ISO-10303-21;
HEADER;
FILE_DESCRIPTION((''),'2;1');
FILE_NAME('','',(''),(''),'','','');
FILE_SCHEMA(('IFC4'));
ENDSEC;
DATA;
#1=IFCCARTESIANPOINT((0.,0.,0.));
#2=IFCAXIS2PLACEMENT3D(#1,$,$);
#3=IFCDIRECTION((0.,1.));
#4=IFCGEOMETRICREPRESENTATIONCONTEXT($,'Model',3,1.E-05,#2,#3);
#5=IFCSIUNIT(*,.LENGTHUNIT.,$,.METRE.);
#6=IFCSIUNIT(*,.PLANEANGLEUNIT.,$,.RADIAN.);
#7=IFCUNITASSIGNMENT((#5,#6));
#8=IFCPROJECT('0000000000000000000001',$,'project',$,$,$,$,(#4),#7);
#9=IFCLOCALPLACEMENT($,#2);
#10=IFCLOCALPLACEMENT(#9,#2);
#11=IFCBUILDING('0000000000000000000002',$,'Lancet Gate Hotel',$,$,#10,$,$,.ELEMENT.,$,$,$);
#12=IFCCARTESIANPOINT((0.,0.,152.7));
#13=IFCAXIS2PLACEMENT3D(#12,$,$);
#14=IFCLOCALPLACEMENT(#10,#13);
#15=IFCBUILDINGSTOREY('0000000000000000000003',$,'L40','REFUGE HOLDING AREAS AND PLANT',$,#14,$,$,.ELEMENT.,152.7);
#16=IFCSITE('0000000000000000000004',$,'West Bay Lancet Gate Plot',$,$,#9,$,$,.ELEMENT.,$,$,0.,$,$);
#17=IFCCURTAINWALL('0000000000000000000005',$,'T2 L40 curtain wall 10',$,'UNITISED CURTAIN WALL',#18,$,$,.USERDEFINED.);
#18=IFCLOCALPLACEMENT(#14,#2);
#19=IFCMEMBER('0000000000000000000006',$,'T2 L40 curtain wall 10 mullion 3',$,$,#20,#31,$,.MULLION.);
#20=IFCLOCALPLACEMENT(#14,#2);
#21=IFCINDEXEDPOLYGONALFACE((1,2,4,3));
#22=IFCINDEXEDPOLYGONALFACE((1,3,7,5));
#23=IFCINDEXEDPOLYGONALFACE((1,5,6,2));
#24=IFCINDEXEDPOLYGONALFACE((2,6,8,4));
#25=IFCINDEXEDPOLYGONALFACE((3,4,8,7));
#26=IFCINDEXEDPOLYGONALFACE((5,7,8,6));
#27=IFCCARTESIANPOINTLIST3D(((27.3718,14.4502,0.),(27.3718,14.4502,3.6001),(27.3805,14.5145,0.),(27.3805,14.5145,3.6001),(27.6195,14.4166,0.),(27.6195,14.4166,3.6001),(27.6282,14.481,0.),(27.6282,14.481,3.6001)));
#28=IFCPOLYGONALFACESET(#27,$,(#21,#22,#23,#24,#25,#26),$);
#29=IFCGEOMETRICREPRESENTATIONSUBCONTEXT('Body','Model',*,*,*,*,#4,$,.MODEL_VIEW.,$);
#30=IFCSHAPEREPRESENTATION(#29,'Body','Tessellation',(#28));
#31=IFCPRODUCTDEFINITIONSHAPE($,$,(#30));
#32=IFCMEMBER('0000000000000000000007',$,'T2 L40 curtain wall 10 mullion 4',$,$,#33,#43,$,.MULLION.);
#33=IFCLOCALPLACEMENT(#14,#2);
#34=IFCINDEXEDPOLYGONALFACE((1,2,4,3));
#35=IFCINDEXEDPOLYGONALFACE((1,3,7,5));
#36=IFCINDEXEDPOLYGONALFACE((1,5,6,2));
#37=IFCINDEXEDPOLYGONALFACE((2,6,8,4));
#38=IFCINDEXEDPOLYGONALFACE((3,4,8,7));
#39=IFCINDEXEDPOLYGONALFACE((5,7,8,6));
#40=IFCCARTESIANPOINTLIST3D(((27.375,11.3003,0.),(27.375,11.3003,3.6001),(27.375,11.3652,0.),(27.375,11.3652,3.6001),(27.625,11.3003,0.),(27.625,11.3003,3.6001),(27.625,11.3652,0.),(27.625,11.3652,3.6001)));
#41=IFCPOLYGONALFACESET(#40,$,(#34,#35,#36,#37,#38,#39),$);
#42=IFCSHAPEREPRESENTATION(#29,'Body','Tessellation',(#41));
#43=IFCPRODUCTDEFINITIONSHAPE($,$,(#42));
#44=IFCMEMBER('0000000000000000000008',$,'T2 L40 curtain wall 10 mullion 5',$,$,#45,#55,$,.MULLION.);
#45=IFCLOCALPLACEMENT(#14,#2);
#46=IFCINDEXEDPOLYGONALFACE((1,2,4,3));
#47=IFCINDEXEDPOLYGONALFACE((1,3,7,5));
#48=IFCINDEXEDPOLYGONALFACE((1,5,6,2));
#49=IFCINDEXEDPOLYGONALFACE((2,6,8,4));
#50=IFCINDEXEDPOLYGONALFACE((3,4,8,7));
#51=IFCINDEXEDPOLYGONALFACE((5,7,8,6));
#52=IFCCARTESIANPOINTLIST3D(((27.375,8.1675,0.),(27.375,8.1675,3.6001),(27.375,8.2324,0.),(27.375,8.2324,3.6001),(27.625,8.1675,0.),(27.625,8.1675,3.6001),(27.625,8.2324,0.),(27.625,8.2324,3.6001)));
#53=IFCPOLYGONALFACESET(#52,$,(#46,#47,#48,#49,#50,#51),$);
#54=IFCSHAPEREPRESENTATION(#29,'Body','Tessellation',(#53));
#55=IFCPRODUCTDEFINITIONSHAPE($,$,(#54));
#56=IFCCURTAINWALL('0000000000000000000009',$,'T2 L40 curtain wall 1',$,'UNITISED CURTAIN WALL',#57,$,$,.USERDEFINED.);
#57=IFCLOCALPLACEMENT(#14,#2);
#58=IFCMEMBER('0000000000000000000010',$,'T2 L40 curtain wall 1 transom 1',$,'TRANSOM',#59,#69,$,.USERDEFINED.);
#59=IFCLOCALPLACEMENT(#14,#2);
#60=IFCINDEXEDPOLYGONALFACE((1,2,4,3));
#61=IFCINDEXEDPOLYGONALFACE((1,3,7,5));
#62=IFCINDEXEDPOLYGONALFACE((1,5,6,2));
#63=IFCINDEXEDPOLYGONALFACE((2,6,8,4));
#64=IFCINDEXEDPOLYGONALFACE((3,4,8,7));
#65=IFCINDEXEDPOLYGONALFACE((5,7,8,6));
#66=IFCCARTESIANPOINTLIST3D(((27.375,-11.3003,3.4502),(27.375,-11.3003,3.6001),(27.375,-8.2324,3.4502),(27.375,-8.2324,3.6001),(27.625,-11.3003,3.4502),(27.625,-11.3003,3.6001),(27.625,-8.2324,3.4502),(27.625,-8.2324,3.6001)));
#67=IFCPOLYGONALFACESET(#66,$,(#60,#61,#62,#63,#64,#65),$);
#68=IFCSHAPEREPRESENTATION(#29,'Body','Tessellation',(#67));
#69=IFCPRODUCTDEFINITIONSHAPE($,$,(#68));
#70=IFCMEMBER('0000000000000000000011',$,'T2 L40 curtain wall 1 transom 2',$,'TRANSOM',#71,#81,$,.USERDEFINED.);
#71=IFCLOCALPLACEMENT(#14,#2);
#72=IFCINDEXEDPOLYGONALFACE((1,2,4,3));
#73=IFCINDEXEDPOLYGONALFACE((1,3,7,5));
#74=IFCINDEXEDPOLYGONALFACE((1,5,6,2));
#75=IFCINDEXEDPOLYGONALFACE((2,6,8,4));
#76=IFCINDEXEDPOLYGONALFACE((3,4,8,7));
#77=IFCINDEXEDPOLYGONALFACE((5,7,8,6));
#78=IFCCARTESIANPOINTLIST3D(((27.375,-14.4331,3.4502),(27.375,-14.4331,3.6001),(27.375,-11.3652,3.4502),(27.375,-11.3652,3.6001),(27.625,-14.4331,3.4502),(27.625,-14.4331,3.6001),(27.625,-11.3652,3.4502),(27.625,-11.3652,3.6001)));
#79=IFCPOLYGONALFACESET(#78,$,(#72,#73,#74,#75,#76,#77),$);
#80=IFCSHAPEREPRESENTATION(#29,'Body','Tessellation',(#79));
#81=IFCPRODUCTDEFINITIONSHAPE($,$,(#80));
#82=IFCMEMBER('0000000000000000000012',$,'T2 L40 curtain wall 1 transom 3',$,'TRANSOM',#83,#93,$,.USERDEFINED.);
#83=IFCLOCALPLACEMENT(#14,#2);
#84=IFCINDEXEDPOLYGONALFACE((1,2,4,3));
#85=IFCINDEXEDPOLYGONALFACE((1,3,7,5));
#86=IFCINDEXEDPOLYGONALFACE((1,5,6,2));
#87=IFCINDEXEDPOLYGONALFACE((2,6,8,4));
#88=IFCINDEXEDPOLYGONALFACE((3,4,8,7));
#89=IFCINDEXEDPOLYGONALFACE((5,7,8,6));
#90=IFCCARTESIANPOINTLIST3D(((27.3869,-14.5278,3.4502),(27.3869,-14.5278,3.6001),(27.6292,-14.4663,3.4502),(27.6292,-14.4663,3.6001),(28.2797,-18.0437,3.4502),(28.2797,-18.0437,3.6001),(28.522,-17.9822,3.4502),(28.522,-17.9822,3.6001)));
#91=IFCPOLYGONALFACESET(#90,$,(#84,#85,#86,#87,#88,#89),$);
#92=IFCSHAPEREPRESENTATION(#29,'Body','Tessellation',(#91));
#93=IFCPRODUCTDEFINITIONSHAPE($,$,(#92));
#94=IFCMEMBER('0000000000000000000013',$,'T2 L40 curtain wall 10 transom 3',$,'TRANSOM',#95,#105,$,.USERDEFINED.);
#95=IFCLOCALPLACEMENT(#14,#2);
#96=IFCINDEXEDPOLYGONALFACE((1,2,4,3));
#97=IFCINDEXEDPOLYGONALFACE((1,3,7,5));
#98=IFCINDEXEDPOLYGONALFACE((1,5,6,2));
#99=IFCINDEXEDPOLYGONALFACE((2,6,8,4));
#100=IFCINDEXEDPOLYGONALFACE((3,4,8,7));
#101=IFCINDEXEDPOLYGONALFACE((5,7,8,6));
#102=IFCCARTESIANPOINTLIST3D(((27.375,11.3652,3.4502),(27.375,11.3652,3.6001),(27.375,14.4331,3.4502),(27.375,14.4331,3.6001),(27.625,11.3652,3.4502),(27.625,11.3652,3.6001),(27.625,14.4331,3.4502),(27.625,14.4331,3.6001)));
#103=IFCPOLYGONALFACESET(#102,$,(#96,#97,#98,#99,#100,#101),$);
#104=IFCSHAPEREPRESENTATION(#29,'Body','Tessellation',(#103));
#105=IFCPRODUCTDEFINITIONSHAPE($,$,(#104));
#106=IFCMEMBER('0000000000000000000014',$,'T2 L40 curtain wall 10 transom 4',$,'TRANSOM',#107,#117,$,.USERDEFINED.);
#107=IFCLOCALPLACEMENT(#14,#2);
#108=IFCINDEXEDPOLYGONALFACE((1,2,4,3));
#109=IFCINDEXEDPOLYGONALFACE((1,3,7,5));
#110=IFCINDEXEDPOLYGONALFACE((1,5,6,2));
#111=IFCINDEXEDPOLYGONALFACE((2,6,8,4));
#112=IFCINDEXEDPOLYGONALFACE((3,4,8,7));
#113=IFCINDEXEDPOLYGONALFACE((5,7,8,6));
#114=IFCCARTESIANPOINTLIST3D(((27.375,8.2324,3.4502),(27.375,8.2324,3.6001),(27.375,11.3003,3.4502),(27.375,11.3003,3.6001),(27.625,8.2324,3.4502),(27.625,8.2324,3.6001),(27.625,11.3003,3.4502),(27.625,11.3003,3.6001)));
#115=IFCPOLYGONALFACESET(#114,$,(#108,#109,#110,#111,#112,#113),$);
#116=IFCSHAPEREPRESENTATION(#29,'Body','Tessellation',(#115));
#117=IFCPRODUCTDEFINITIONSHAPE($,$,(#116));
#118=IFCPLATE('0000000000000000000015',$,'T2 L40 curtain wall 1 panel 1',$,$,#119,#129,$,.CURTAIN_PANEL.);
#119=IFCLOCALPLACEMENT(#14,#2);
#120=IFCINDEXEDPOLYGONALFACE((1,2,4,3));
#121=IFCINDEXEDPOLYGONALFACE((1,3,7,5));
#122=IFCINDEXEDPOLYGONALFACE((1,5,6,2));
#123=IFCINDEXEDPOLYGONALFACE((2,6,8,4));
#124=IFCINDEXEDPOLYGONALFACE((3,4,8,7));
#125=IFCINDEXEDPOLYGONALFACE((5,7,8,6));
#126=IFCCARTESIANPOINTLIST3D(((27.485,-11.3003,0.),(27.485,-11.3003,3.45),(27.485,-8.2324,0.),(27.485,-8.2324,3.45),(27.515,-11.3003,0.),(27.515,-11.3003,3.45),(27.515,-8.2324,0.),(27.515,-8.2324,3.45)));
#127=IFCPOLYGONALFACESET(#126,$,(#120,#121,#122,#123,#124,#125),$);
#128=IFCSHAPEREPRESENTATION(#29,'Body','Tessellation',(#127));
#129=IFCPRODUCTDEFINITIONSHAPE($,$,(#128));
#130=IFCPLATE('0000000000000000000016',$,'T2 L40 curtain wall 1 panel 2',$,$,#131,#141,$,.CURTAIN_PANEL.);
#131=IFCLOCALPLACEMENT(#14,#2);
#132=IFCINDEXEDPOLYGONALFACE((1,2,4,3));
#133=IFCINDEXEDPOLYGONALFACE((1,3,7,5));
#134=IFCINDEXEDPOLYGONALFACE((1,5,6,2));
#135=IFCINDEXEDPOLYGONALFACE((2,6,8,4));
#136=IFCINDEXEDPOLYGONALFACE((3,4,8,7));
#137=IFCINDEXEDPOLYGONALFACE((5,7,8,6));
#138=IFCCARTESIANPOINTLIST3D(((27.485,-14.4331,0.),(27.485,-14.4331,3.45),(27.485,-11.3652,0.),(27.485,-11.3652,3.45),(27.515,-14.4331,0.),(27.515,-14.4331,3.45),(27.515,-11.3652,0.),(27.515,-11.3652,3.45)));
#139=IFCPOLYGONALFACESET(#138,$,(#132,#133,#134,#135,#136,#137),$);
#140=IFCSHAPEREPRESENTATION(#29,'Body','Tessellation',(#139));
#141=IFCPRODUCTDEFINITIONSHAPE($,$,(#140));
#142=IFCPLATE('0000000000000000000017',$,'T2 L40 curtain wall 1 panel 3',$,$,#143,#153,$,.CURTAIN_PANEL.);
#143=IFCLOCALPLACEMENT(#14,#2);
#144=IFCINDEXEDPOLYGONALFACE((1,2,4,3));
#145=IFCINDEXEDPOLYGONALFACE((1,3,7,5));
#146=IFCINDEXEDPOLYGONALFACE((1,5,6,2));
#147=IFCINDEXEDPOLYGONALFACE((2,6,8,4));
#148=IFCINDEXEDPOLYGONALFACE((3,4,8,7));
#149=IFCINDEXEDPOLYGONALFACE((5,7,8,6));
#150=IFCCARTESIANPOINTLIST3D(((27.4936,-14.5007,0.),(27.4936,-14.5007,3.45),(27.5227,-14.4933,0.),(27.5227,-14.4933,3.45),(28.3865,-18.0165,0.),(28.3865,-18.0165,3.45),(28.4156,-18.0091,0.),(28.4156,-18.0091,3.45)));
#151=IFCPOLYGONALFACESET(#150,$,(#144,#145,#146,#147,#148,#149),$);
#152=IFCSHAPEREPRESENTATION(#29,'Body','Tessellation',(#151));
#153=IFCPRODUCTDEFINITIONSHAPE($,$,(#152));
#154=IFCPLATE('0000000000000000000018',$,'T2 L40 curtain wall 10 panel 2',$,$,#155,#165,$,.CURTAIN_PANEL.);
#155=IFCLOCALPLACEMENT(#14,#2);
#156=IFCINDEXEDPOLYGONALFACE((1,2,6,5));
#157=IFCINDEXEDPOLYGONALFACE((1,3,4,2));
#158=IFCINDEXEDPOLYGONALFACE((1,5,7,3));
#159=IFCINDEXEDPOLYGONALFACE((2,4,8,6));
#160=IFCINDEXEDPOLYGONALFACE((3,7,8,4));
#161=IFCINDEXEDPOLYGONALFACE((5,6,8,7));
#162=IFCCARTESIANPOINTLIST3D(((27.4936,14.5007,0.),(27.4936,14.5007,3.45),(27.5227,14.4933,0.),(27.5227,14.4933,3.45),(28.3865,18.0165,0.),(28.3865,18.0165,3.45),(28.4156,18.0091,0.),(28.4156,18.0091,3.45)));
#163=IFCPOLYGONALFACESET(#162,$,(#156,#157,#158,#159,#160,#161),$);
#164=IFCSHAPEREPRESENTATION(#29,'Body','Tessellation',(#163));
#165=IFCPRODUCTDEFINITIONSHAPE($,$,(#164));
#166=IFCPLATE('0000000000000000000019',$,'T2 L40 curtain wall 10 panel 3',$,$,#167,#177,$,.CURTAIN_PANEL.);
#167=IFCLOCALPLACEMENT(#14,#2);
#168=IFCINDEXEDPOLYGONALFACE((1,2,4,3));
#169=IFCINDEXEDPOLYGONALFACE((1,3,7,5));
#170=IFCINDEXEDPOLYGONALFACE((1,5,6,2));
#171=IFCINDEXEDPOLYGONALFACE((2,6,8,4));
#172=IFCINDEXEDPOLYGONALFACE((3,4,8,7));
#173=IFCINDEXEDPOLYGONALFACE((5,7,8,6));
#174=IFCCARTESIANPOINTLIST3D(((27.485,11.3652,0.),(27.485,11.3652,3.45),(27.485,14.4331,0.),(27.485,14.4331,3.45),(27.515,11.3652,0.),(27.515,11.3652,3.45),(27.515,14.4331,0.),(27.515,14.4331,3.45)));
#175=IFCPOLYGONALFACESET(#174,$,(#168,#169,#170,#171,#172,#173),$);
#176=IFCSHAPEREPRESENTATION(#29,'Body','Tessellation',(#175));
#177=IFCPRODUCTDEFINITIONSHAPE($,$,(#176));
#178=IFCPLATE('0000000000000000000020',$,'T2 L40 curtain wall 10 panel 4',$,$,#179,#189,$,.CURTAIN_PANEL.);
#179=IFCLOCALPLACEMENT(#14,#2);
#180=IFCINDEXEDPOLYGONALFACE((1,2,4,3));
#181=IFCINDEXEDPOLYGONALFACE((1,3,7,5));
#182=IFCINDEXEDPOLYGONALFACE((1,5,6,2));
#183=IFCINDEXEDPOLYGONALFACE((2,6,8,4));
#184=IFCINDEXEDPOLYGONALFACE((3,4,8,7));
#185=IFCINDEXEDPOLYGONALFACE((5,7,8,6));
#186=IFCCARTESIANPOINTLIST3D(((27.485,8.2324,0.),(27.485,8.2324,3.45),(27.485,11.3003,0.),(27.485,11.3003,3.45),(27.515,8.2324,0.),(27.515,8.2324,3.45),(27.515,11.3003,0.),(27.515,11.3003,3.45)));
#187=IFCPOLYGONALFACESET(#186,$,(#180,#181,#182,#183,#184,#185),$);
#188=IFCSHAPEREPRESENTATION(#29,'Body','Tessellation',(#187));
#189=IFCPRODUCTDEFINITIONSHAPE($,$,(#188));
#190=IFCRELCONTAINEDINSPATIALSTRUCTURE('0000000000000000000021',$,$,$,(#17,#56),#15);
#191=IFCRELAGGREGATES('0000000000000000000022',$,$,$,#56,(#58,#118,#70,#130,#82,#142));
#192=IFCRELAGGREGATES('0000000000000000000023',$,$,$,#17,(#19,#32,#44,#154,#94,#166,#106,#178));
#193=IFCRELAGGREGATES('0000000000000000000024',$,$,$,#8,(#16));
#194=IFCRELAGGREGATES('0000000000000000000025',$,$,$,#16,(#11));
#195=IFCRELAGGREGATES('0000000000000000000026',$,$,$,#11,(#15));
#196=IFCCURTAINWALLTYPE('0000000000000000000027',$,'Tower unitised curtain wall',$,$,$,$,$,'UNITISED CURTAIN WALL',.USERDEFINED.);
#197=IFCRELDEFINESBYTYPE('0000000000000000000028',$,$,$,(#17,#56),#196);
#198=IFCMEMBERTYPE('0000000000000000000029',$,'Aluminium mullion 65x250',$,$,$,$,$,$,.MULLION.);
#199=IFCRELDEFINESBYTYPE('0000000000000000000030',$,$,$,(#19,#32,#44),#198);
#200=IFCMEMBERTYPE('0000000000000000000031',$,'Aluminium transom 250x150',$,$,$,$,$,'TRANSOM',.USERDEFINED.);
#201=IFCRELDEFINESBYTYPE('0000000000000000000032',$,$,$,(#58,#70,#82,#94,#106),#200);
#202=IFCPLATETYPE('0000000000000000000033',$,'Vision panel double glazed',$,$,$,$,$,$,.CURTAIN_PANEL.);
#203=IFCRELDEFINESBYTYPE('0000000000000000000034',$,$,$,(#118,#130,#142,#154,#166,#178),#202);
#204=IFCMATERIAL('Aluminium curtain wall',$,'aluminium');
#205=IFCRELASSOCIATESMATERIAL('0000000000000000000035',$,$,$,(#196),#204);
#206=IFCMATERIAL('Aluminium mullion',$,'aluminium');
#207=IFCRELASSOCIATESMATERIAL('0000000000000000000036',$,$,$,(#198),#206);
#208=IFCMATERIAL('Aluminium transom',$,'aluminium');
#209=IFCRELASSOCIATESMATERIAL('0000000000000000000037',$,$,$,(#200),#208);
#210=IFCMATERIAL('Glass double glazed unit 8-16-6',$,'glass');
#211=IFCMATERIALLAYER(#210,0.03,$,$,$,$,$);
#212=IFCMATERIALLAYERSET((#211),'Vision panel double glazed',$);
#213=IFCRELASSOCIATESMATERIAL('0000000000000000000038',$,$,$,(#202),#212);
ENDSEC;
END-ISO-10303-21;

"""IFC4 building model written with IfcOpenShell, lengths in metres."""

from ifc_helpers import new_model, si_unit, direction, frame, origin, origin_2d, place, context, subcontext, project, spatial, rectangle, extrude, material, layer, layer_set, material_profile, profile_set, type_object, element, aggregate, save


model = new_model("IFC4")

# Units and contexts
model_context = context("Model", 3, precision=1e-05, world=origin(), true_north=direction((0.0, 1.0)))
body_context = subcontext(model_context, "Body", "Model", "MODEL_VIEW")
ifc_project = project(units=[si_unit("LENGTHUNIT", "METRE"), si_unit("PLANEANGLEUNIT", "RADIAN")], contexts=[model_context])

# Site, building, storey
site_placement = place(None, origin())
site = spatial("IfcSite", under=ifc_project, at=site_placement, Name="West Bay Lancet Gate Plot", CompositionType="ELEMENT", RefElevation=0.0)
building_placement = place(site_placement, origin())
building = spatial("IfcBuilding", under=site, at=building_placement, Name="Lancet Gate Hotel", CompositionType="ELEMENT")
storey_placement = place(building_placement, frame((0.0, 0.0, 152.7)))
storey = spatial("IfcBuildingStorey", under=building, at=storey_placement, Name="L40", Description="REFUGE HOLDING AREAS AND PLANT", CompositionType="ELEMENT", Elevation=152.7)

# Curtain walls, members
ifc_material_1 = material(Name="Aluminium curtain wall", Category="aluminium")
curtain_wall_type = type_object("IfcCurtainWallType", Name="Tower unitised curtain wall", ElementType="UNITISED CURTAIN WALL", PredefinedType="USERDEFINED", material=ifc_material_1)
curtain_wall_1_placement = place(storey_placement, origin())
curtain_wall_1 = element("IfcCurtainWall", 1, at=curtain_wall_1_placement, inside=storey, type_object=curtain_wall_type, Name="T2 L40 curtain wall 10", ObjectType="UNITISED CURTAIN WALL", PredefinedType="USERDEFINED")
ifc_material_2 = material(Name="Aluminium mullion", Category="aluminium")
ifc_material_profile_1 = material_profile(ifc_material_2, rectangle(XDim=0.0649, YDim=0.25, at=origin_2d()), Name="MULLION 65x250")
ifc_profile_set_1 = profile_set([ifc_material_profile_1], Name="Aluminium mullion")
member_type_1 = type_object("IfcMemberType", Name="Aluminium mullion 65x250", PredefinedType="MULLION", material=ifc_profile_set_1)
member_1_placement = place(storey_placement, frame((27.5, 14.4656, 0.0), z_axis=(0.0, 0.0, 1.0), x_axis=(-0.134207, -0.990953, 0.0)))
member_1 = element("IfcMember", 2, at=member_1_placement, type_object=member_type_1, Name="T2 L40 curtain wall 10 mullion 3", PredefinedType="MULLION", context=body_context, shape_type="SweptSolid", body=[
    extrude(rectangle(XDim=0.0649, YDim=0.25, at=origin_2d()), origin(), (0.0, 0.0, 1.0), 3.6001),
])
member_2_placement = place(storey_placement, frame((27.5, 11.3328, 0.0), z_axis=(0.0, 0.0, 1.0), x_axis=(0.0, -1.0, 0.0)))
member_2 = element("IfcMember", 3, at=member_2_placement, type_object=member_type_1, Name="T2 L40 curtain wall 10 mullion 4", PredefinedType="MULLION", context=body_context, shape_type="SweptSolid", body=[
    extrude(rectangle(XDim=0.0649, YDim=0.25, at=origin_2d()), origin(), (0.0, 0.0, 1.0), 3.6001),
])
member_3_placement = place(storey_placement, frame((27.5, 8.2, 0.0), z_axis=(0.0, 0.0, 1.0), x_axis=(0.0, -1.0, 0.0)))
member_3 = element("IfcMember", 4, at=member_3_placement, type_object=member_type_1, Name="T2 L40 curtain wall 10 mullion 5", PredefinedType="MULLION", context=body_context, shape_type="SweptSolid", body=[
    extrude(rectangle(XDim=0.0649, YDim=0.25, at=origin_2d()), origin(), (0.0, 0.0, 1.0), 3.6001),
])
curtain_wall_2_placement = place(storey_placement, origin())
curtain_wall_2 = element("IfcCurtainWall", 5, at=curtain_wall_2_placement, inside=storey, type_object=curtain_wall_type, Name="T2 L40 curtain wall 1", ObjectType="UNITISED CURTAIN WALL", PredefinedType="USERDEFINED")
ifc_material_3 = material(Name="Aluminium transom", Category="aluminium")
ifc_material_profile_2 = material_profile(ifc_material_3, rectangle(XDim=0.25, YDim=0.1499, at=origin_2d()), Name="TRANSOM 250x150")
ifc_profile_set_2 = profile_set([ifc_material_profile_2], Name="Aluminium transom")
member_type_2 = type_object("IfcMemberType", Name="Aluminium transom 250x150", ElementType="TRANSOM", PredefinedType="USERDEFINED", material=ifc_profile_set_2)
member_4_placement = place(storey_placement, frame((27.5, -8.2324, 3.5251), z_axis=(0.0, -1.0, 0.0), x_axis=(1.0, 0.0, 0.0)))
member_4 = element("IfcMember", 6, at=member_4_placement, type_object=member_type_2, Name="T2 L40 curtain wall 1 transom 1", ObjectType="TRANSOM", PredefinedType="USERDEFINED", context=body_context, shape_type="SweptSolid", body=[
    extrude(rectangle(XDim=0.25, YDim=0.1499, at=origin_2d()), origin(), (0.0, 0.0, 1.0), 3.0679),
])
member_5_placement = place(storey_placement, frame((27.5, -11.3652, 3.5251), z_axis=(0.0, -1.0, 0.0), x_axis=(1.0, 0.0, 0.0)))
member_5 = element("IfcMember", 7, at=member_5_placement, type_object=member_type_2, Name="T2 L40 curtain wall 1 transom 2", ObjectType="TRANSOM", PredefinedType="USERDEFINED", context=body_context, shape_type="SweptSolid", body=[
    extrude(rectangle(XDim=0.25, YDim=0.1499, at=origin_2d()), origin(), (0.0, 0.0, 1.0), 3.0679),
])
member_6_placement = place(storey_placement, frame((27.5081, -14.4971, 3.5251), z_axis=(0.246129, -0.969237, 0.0), x_axis=(0.969237, 0.246129, 0.0)))
member_6 = element("IfcMember", 8, at=member_6_placement, type_object=member_type_2, Name="T2 L40 curtain wall 1 transom 3", ObjectType="TRANSOM", PredefinedType="USERDEFINED", context=body_context, shape_type="SweptSolid", body=[
    extrude(rectangle(XDim=0.25, YDim=0.1499, at=origin_2d()), origin(), (0.0, 0.0, 1.0), 3.6274),
])

# Members
member_7_placement = place(storey_placement, frame((27.5, 14.4331, 3.5251), z_axis=(0.0, -1.0, 0.0), x_axis=(1.0, 0.0, 0.0)))
member_7 = element("IfcMember", 9, at=member_7_placement, type_object=member_type_2, Name="T2 L40 curtain wall 10 transom 3", ObjectType="TRANSOM", PredefinedType="USERDEFINED", context=body_context, shape_type="SweptSolid", body=[
    extrude(rectangle(XDim=0.25, YDim=0.1499, at=origin_2d()), origin(), (0.0, 0.0, 1.0), 3.0679),
])
member_8_placement = place(storey_placement, frame((27.5, 11.3003, 3.5251), z_axis=(0.0, -1.0, 0.0), x_axis=(1.0, 0.0, 0.0)))
member_8 = element("IfcMember", 10, at=member_8_placement, type_object=member_type_2, Name="T2 L40 curtain wall 10 transom 4", ObjectType="TRANSOM", PredefinedType="USERDEFINED", context=body_context, shape_type="SweptSolid", body=[
    extrude(rectangle(XDim=0.25, YDim=0.1499, at=origin_2d()), origin(), (0.0, 0.0, 1.0), 3.0679),
])

# Plates
ifc_material_4 = material(Name="Glass double glazed unit 8-16-6", Category="glass")
ifc_layer_1 = layer(ifc_material_4, 0.03)
ifc_layer_set_1 = layer_set([ifc_layer_1], Name="Vision panel double glazed")
plate_type = type_object("IfcPlateType", Name="Vision panel double glazed", PredefinedType="CURTAIN_PANEL", material=ifc_layer_set_1)
plate_1_placement = place(storey_placement, frame((27.5, -9.7664, 0.0), z_axis=(0.0, 0.0, 1.0), x_axis=(0.0, -1.0, 0.0)))
plate_1 = element("IfcPlate", 11, at=plate_1_placement, type_object=plate_type, Name="T2 L40 curtain wall 1 panel 1", PredefinedType="CURTAIN_PANEL", context=body_context, shape_type="SweptSolid", body=[
    extrude(rectangle(XDim=3.0679, YDim=0.03, at=origin_2d()), origin(), (0.0, 0.0, 1.0), 3.45),
])
plate_2_placement = place(storey_placement, frame((27.5, -12.8992, 0.0), z_axis=(0.0, 0.0, 1.0), x_axis=(0.0, -1.0, 0.0)))
plate_2 = element("IfcPlate", 12, at=plate_2_placement, type_object=plate_type, Name="T2 L40 curtain wall 1 panel 2", PredefinedType="CURTAIN_PANEL", context=body_context, shape_type="SweptSolid", body=[
    extrude(rectangle(XDim=3.0679, YDim=0.03, at=origin_2d()), origin(), (0.0, 0.0, 1.0), 3.45),
])
plate_3_placement = place(storey_placement, frame((27.9546, -16.2549, 0.0), z_axis=(0.0, 0.0, 1.0), x_axis=(0.246167, -0.969228, 0.0)))
plate_3 = element("IfcPlate", 13, at=plate_3_placement, type_object=plate_type, Name="T2 L40 curtain wall 1 panel 3", PredefinedType="CURTAIN_PANEL", context=body_context, shape_type="SweptSolid", body=[
    extrude(rectangle(XDim=3.6274, YDim=0.03, at=origin_2d()), origin(), (0.0, 0.0, 1.0), 3.45),
])
aggregate(curtain_wall_2, [member_4, plate_1, member_5, plate_2, member_6, plate_3])
plate_4_placement = place(storey_placement, frame((27.9546, 16.2549, 0.0), z_axis=(0.0, 0.0, 1.0), x_axis=(-0.246167, -0.969228, 0.0)))
plate_4 = element("IfcPlate", 14, at=plate_4_placement, type_object=plate_type, Name="T2 L40 curtain wall 10 panel 2", PredefinedType="CURTAIN_PANEL", context=body_context, shape_type="SweptSolid", body=[
    extrude(rectangle(XDim=3.6274, YDim=0.03, at=origin_2d()), origin(), (0.0, 0.0, 1.0), 3.45),
])
plate_5_placement = place(storey_placement, frame((27.5, 12.8992, 0.0), z_axis=(0.0, 0.0, 1.0), x_axis=(0.0, -1.0, 0.0)))
plate_5 = element("IfcPlate", 15, at=plate_5_placement, type_object=plate_type, Name="T2 L40 curtain wall 10 panel 3", PredefinedType="CURTAIN_PANEL", context=body_context, shape_type="SweptSolid", body=[
    extrude(rectangle(XDim=3.0679, YDim=0.03, at=origin_2d()), origin(), (0.0, 0.0, 1.0), 3.45),
])
plate_6_placement = place(storey_placement, frame((27.5, 9.7664, 0.0), z_axis=(0.0, 0.0, 1.0), x_axis=(0.0, -1.0, 0.0)))
plate_6 = element("IfcPlate", 16, at=plate_6_placement, type_object=plate_type, Name="T2 L40 curtain wall 10 panel 4", PredefinedType="CURTAIN_PANEL", context=body_context, shape_type="SweptSolid", body=[
    extrude(rectangle(XDim=3.0679, YDim=0.03, at=origin_2d()), origin(), (0.0, 0.0, 1.0), 3.45),
])
aggregate(curtain_wall_1, [member_1, member_2, member_3, plate_4, member_7, plate_5, member_8, plate_6])

save(model, "model.ifc")
